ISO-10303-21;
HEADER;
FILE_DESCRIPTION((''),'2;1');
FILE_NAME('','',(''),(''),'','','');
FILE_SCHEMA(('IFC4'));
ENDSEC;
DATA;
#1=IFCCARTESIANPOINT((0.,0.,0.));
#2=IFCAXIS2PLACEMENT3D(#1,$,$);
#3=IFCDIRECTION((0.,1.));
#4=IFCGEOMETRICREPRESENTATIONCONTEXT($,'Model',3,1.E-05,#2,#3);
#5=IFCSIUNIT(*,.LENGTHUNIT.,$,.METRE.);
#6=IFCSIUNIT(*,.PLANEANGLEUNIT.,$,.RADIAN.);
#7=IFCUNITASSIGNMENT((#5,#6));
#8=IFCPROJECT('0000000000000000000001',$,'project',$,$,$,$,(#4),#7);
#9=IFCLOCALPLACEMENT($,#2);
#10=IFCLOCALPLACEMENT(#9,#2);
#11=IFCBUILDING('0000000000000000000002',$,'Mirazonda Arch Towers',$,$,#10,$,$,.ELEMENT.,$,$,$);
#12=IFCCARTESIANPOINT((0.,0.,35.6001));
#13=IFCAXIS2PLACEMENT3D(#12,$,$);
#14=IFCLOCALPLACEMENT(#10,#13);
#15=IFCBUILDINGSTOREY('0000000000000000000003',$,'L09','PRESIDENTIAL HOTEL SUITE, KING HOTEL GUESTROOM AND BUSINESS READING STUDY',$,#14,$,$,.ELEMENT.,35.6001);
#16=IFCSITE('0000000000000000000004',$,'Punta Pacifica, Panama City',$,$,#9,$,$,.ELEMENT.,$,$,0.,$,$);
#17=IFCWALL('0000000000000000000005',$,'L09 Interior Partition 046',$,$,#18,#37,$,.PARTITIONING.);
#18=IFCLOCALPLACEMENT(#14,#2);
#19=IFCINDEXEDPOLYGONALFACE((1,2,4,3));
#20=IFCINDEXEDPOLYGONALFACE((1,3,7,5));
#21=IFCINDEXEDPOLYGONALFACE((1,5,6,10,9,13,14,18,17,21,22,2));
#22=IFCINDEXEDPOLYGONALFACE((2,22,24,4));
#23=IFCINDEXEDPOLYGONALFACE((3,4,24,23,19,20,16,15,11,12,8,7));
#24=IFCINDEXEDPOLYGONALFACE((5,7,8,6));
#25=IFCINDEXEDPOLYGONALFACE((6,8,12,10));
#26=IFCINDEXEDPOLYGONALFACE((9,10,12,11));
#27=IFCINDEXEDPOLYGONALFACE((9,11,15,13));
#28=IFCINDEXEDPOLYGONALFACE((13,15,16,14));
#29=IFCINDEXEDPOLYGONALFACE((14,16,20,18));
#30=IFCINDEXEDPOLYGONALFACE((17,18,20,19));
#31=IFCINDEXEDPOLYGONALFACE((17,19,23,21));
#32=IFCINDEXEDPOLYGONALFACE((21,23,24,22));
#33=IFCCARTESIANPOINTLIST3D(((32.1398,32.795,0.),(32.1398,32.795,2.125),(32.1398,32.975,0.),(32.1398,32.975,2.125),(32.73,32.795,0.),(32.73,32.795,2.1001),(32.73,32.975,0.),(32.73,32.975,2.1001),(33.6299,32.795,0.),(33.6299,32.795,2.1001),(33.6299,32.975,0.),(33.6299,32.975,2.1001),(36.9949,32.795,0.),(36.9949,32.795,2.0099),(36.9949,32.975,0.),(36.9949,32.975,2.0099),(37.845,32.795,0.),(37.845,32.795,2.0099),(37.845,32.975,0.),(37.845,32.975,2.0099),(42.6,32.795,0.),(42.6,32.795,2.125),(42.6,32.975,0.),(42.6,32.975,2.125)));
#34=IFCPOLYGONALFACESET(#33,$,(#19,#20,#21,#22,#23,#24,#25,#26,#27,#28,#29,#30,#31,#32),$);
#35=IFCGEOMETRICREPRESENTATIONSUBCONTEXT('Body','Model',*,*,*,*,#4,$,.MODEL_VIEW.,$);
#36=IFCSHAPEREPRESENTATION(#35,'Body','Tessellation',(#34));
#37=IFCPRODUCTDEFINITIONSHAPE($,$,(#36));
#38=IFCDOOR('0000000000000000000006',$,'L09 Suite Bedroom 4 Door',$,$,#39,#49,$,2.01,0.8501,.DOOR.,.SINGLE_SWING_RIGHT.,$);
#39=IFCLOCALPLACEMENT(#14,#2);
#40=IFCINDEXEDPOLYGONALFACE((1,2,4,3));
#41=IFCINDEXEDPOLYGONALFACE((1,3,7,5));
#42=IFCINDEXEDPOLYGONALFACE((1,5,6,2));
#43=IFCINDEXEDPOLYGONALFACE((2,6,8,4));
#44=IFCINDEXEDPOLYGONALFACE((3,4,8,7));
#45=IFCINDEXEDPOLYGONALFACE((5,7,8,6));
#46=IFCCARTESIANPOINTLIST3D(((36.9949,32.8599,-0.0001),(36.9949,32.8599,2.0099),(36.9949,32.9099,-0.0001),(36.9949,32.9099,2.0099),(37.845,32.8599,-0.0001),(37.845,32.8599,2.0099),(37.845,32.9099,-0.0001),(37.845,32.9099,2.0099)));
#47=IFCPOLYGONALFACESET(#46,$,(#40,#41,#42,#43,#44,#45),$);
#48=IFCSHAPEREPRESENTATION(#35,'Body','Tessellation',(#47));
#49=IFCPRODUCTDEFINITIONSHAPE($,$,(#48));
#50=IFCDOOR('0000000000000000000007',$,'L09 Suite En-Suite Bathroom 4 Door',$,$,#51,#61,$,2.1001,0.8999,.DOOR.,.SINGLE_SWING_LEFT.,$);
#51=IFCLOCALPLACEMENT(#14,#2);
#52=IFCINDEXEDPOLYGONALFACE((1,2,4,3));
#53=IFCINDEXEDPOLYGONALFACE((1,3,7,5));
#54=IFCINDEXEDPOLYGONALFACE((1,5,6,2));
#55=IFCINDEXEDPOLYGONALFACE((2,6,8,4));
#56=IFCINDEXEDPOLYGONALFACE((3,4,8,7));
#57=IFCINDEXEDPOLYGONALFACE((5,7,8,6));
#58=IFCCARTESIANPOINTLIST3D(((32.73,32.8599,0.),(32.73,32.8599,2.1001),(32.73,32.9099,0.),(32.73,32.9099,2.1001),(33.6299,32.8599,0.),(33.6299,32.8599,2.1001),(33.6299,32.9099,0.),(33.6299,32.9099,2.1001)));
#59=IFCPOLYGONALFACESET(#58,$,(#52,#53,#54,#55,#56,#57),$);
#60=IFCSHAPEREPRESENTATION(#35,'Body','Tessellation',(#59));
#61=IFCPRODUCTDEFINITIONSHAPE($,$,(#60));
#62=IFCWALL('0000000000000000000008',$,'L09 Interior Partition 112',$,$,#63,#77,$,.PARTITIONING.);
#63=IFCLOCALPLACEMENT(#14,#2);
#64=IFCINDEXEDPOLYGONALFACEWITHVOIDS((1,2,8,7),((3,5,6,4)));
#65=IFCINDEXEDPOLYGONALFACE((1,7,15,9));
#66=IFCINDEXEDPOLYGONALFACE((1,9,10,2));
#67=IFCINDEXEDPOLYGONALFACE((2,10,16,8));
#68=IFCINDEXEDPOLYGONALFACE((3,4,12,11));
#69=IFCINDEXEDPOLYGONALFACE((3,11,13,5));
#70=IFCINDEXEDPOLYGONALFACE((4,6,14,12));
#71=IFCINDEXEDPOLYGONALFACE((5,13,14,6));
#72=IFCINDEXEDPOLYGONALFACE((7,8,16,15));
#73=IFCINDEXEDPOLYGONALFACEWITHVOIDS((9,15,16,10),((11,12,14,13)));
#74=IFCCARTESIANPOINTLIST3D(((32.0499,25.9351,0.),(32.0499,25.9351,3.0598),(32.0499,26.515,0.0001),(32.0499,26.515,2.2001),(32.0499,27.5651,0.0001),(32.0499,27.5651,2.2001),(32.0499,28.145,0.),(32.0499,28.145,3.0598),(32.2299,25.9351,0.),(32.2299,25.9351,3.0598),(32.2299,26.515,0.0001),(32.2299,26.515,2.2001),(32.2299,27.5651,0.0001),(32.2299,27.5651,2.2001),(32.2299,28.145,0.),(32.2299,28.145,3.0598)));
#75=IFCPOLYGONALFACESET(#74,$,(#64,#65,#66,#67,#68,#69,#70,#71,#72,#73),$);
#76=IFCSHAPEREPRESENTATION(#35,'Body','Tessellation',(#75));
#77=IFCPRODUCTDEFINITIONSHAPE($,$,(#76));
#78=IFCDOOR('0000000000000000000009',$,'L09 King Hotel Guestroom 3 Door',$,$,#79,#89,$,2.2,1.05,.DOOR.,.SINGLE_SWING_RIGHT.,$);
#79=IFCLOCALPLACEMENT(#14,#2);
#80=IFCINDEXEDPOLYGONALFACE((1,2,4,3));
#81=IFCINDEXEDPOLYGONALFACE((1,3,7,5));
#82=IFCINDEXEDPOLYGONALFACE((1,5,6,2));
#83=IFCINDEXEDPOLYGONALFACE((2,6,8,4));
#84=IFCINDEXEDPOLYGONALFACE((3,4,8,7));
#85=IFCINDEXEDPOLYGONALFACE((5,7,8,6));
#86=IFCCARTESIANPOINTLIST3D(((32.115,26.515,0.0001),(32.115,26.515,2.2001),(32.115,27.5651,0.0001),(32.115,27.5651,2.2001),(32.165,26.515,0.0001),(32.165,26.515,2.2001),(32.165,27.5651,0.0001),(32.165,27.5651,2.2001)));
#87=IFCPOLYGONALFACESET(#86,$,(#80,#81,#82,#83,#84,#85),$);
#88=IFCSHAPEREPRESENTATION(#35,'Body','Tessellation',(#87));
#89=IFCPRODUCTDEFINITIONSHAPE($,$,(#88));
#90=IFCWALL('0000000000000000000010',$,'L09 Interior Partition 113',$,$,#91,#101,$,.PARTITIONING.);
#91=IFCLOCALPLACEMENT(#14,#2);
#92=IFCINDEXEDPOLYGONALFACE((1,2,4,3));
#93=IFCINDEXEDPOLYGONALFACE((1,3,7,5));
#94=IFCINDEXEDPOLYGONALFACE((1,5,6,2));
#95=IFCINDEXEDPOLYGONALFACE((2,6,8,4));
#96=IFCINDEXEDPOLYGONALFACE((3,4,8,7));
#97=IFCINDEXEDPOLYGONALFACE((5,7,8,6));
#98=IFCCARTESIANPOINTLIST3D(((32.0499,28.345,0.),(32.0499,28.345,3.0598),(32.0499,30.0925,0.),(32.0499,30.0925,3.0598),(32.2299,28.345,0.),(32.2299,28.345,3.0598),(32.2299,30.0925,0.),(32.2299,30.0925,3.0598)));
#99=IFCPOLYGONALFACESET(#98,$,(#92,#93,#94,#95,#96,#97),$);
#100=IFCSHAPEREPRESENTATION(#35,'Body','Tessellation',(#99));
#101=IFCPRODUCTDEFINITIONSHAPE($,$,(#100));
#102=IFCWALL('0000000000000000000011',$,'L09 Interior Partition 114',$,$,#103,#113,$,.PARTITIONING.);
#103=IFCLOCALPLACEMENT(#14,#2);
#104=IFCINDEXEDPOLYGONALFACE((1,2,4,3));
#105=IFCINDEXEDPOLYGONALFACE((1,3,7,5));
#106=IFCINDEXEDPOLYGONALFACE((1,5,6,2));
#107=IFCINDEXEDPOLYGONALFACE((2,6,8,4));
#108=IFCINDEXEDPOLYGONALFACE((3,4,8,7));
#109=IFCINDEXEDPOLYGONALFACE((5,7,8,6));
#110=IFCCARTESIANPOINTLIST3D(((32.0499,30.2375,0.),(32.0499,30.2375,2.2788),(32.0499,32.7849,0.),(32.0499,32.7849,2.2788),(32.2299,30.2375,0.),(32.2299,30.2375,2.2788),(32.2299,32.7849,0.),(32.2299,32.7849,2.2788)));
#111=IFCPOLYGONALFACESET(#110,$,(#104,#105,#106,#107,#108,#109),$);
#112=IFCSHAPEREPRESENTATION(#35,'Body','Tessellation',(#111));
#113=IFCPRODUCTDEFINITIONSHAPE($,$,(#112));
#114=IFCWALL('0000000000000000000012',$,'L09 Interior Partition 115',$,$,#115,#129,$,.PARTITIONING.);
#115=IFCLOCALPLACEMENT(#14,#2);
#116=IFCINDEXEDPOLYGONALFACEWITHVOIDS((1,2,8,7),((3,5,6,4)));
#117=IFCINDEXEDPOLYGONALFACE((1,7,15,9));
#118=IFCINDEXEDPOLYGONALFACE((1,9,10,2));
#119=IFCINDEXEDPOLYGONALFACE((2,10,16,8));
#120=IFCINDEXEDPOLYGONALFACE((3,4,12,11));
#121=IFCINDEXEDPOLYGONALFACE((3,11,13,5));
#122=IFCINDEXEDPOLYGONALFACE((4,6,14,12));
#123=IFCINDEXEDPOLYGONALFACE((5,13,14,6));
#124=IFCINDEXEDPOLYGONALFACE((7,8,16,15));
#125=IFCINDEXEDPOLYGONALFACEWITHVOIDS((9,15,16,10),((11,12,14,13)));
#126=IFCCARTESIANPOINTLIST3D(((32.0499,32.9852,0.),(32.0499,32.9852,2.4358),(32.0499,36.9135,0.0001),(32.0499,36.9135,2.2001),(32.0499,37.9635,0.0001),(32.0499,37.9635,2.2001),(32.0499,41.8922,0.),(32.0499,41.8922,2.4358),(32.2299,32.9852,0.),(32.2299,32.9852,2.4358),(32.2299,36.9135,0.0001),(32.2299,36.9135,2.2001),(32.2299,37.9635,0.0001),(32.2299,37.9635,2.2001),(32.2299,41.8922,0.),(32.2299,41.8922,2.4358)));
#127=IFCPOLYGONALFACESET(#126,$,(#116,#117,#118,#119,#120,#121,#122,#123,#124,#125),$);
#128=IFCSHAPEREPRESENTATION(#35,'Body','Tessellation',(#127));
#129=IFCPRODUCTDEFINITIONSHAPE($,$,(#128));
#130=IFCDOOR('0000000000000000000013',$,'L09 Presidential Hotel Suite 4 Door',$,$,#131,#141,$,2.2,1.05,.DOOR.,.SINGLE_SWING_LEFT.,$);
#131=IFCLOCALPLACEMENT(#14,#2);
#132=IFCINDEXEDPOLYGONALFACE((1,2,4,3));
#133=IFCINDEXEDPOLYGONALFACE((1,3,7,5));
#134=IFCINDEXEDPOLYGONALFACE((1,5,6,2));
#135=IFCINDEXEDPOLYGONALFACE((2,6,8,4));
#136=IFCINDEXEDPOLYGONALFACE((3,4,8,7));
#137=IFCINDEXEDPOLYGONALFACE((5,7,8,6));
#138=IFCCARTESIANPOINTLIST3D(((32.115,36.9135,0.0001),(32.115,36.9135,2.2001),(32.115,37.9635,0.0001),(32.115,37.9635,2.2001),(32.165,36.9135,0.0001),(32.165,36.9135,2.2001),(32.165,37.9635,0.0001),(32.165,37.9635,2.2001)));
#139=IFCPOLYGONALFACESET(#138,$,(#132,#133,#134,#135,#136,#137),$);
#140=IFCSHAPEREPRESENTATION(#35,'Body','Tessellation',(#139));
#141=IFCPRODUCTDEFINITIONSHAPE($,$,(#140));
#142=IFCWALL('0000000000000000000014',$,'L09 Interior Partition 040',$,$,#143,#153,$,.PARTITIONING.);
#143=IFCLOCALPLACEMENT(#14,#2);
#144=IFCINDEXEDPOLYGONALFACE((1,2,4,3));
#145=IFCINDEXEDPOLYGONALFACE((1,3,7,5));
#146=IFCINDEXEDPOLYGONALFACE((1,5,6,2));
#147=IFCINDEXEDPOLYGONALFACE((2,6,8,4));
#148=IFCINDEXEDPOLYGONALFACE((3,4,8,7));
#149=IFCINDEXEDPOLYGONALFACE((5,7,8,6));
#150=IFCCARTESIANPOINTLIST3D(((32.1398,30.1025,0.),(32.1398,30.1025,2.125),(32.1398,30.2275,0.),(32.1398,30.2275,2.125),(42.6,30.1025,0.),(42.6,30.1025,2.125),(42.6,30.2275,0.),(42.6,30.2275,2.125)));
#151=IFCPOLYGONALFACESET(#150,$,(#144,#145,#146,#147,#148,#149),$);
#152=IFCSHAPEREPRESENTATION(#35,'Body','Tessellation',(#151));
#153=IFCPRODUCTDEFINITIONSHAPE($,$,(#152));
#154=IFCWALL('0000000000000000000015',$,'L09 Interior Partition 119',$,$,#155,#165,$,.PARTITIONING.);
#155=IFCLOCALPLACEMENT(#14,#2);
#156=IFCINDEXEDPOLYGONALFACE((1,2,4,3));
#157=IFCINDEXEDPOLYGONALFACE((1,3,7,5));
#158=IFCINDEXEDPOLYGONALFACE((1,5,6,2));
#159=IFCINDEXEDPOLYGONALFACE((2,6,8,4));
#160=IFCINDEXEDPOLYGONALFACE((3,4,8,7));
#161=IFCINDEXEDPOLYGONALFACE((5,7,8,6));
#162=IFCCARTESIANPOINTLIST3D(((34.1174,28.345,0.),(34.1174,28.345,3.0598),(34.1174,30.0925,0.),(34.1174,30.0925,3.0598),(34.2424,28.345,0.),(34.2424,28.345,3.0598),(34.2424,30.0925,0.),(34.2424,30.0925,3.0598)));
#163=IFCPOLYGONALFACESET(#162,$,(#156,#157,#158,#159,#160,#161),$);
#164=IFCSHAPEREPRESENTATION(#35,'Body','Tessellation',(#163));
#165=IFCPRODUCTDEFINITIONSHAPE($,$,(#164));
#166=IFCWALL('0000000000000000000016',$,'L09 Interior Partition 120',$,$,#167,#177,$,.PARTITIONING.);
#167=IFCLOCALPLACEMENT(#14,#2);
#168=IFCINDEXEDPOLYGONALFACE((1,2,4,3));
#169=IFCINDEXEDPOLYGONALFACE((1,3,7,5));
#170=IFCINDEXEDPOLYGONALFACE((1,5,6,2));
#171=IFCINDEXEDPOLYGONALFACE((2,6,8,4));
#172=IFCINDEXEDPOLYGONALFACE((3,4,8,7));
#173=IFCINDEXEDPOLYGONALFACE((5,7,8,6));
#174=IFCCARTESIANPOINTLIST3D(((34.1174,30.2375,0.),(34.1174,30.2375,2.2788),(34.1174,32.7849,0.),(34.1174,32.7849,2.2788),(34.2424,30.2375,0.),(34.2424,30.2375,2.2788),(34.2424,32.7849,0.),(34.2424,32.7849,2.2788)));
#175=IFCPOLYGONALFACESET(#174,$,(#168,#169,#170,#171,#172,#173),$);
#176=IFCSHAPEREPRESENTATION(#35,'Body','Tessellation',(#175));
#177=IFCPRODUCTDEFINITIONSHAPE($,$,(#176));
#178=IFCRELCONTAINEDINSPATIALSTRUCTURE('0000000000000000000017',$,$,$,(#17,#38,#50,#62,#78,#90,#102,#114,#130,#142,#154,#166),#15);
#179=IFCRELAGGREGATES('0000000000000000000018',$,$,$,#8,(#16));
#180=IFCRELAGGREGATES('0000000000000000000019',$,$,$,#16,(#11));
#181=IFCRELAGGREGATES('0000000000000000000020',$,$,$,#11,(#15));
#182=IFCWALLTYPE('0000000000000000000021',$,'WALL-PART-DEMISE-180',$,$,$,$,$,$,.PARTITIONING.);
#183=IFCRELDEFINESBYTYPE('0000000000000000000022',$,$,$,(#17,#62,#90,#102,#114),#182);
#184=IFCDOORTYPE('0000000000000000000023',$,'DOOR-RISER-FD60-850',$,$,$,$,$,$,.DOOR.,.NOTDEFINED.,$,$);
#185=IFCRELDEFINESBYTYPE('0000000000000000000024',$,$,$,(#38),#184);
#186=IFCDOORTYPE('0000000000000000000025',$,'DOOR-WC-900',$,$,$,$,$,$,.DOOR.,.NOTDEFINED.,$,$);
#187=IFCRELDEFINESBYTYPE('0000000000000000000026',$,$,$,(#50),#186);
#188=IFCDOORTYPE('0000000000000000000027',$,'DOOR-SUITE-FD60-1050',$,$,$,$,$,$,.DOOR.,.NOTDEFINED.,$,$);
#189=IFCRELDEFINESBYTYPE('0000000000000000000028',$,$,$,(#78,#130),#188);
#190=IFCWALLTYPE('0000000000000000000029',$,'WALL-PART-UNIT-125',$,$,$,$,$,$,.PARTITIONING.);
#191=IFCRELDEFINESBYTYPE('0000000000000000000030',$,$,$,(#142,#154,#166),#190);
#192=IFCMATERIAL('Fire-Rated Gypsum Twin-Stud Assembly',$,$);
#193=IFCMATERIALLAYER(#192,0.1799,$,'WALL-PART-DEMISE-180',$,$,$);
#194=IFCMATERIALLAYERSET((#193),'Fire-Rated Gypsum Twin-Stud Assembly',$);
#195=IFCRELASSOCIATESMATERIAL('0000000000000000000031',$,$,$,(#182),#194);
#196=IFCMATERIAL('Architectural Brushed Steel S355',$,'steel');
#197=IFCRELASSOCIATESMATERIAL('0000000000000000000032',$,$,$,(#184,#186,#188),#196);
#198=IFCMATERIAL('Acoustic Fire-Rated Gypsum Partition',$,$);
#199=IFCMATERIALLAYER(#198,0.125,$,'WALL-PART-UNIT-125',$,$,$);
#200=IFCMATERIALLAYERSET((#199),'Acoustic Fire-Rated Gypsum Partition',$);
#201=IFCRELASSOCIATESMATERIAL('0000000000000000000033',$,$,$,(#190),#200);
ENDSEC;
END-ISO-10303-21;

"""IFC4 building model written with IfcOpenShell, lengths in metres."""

from ifc_helpers import new_model, si_unit, direction, frame, frame_2d, origin, place, context, subcontext, project, spatial, rectangle, extrude, material, layer, layer_set, type_object, element, fill, save


model = new_model("IFC4")

# Units and contexts
model_context = context("Model", 3, precision=1e-05, world=origin(), true_north=direction((0.0, 1.0)))
body_context = subcontext(model_context, "Body", "Model", "MODEL_VIEW")
ifc_project = project(units=[si_unit("LENGTHUNIT", "METRE"), si_unit("PLANEANGLEUNIT", "RADIAN")], contexts=[model_context])

# Site, building, storey
site_placement = place(None, origin())
site = spatial("IfcSite", under=ifc_project, at=site_placement, Name="Punta Pacifica, Panama City", CompositionType="ELEMENT", RefElevation=0.0)
building_placement = place(site_placement, origin())
building = spatial("IfcBuilding", under=site, at=building_placement, Name="Mirazonda Arch Towers", CompositionType="ELEMENT")
storey_placement = place(building_placement, frame((0.0, 0.0, 35.6001)))
storey = spatial("IfcBuildingStorey", under=building, at=storey_placement, Name="L09", Description="PRESIDENTIAL HOTEL SUITE, KING HOTEL GUESTROOM AND BUSINESS READING STUDY", CompositionType="ELEMENT", Elevation=35.6001)

# Shared definitions
ifc_material_1 = material(Name="Fire-Rated Gypsum Twin-Stud Assembly")
ifc_layer_1 = layer(ifc_material_1, 0.1799, Name="WALL-PART-DEMISE-180")
ifc_layer_set_1 = layer_set([ifc_layer_1], Name="Fire-Rated Gypsum Twin-Stud Assembly")
wall_type_1 = type_object("IfcWallType", Name="WALL-PART-DEMISE-180", PredefinedType="PARTITIONING", material=ifc_layer_set_1)

# Wall, openings, doors
ifc_material_2 = material(Name="Architectural Brushed Steel S355", Category="steel")
door_type_1 = type_object("IfcDoorType", Name="DOOR-RISER-FD60-850", OperationType="NOTDEFINED", PredefinedType="DOOR", material=ifc_material_2)
door_type_2 = type_object("IfcDoorType", Name="DOOR-WC-900", OperationType="NOTDEFINED", PredefinedType="DOOR", material=ifc_material_2)
wall_1_placement = place(storey_placement, frame((32.1399, 32.885, 0.0), z_axis=(0.0, 0.0, 1.0), x_axis=(1.0, 0.0, 0.0)))
wall_1 = element("IfcWall", 1, at=wall_1_placement, inside=storey, type_object=wall_type_1, Name="L09 Interior Partition 046", PredefinedType="PARTITIONING", context=body_context, shape_type="SweptSolid", body=[
    extrude(rectangle(XDim=10.4602, YDim=0.1799, at=frame_2d((5.23, 0.0))), origin(), (0.0, 0.0, 1.0), 2.125),
])
opening_1_placement = place(wall_1_placement, frame((4.855, 0.0, 0.0)))
opening_1 = element("IfcOpeningElement", 2, at=opening_1_placement, cuts=wall_1, PredefinedType="OPENING", context=body_context, shape_type="SweptSolid", body=[
    extrude(rectangle(XDim=0.8501, YDim=2.01, at=frame_2d((0.425, 1.0049))), frame((0.0, 0.0999, 0.0), z_axis=(0.0, -1.0, 0.0), x_axis=(1.0, 0.0, 0.0)), (0.0, 0.0, 1.0), 0.2),
])
opening_2_placement = place(wall_1_placement, frame((0.5901, 0.0, 0.0)))
opening_2 = element("IfcOpeningElement", 3, at=opening_2_placement, cuts=wall_1, PredefinedType="OPENING", context=body_context, shape_type="SweptSolid", body=[
    extrude(rectangle(XDim=0.8999, YDim=2.1001, at=frame_2d((0.45, 1.05))), frame((0.0, 0.0999, 0.0), z_axis=(0.0, -1.0, 0.0), x_axis=(1.0, 0.0, 0.0)), (0.0, 0.0, 1.0), 0.2),
])
door_1_placement = place(opening_1_placement, origin())
door_1 = element("IfcDoor", 4, at=door_1_placement, inside=storey, type_object=door_type_1, Name="L09 Suite Bedroom 4 Door", OperationType="SINGLE_SWING_RIGHT", OverallHeight=2.01, OverallWidth=0.8501, PredefinedType="DOOR", context=body_context, shape_type="SweptSolid", body=[
    extrude(rectangle(XDim=0.8501, YDim=2.01, at=frame_2d((0.425, 1.0049))), frame((0.0, 0.0249, 0.0), z_axis=(0.0, -1.0, 0.0), x_axis=(1.0, 0.0, 0.0)), (0.0, 0.0, 1.0), 0.05),
])
fill(opening_1, door_1)
door_2_placement = place(opening_2_placement, origin())
door_2 = element("IfcDoor", 5, at=door_2_placement, inside=storey, type_object=door_type_2, Name="L09 Suite En-Suite Bathroom 4 Door", OperationType="SINGLE_SWING_LEFT", OverallHeight=2.1001, OverallWidth=0.8999, PredefinedType="DOOR", context=body_context, shape_type="SweptSolid", body=[
    extrude(rectangle(XDim=0.8999, YDim=2.1001, at=frame_2d((0.45, 1.05))), frame((0.0, 0.0249, 0.0), z_axis=(0.0, -1.0, 0.0), x_axis=(1.0, 0.0, 0.0)), (0.0, 0.0, 1.0), 0.05),
])
fill(opening_2, door_2)

# Wall, opening, door
wall_2_placement = place(storey_placement, frame((32.1399, 25.9351, 0.0), z_axis=(0.0, 0.0, 1.0), x_axis=(0.0, 1.0, 0.0)))
wall_2 = element("IfcWall", 6, at=wall_2_placement, inside=storey, type_object=wall_type_1, Name="L09 Interior Partition 112", PredefinedType="PARTITIONING", context=body_context, shape_type="SweptSolid", body=[
    extrude(rectangle(XDim=2.21, YDim=0.1799, at=frame_2d((1.105, 0.0))), origin(), (0.0, 0.0, 1.0), 3.0598),
])
opening_3_placement = place(wall_2_placement, frame((0.5801, 0.0, 0.0)))
opening_3 = element("IfcOpeningElement", 7, at=opening_3_placement, cuts=wall_2, PredefinedType="OPENING", context=body_context, shape_type="SweptSolid", body=[
    extrude(rectangle(XDim=1.05, YDim=2.2, at=frame_2d((0.5249, 1.1001))), frame((0.0, 0.0999, 0.0), z_axis=(0.0, -1.0, 0.0), x_axis=(1.0, 0.0, 0.0)), (0.0, 0.0, 1.0), 0.2),
])
door_type_3 = type_object("IfcDoorType", Name="DOOR-SUITE-FD60-1050", OperationType="NOTDEFINED", PredefinedType="DOOR", material=ifc_material_2)
door_3_placement = place(opening_3_placement, origin())
door_3 = element("IfcDoor", 8, at=door_3_placement, inside=storey, type_object=door_type_3, Name="L09 King Hotel Guestroom 3 Door", OperationType="SINGLE_SWING_RIGHT", OverallHeight=2.2, OverallWidth=1.05, PredefinedType="DOOR", context=body_context, shape_type="SweptSolid", body=[
    extrude(rectangle(XDim=1.05, YDim=2.2, at=frame_2d((0.5249, 1.1001))), frame((0.0, 0.0249, 0.0), z_axis=(0.0, -1.0, 0.0), x_axis=(1.0, 0.0, 0.0)), (0.0, 0.0, 1.0), 0.05),
])
fill(opening_3, door_3)

# Walls
wall_3_placement = place(storey_placement, frame((32.1399, 28.345, 0.0), z_axis=(0.0, 0.0, 1.0), x_axis=(0.0, 1.0, 0.0)))
element("IfcWall", 9, at=wall_3_placement, inside=storey, type_object=wall_type_1, Name="L09 Interior Partition 113", PredefinedType="PARTITIONING", context=body_context, shape_type="SweptSolid", body=[
    extrude(rectangle(XDim=1.7476, YDim=0.1799, at=frame_2d((0.8738, 0.0))), origin(), (0.0, 0.0, 1.0), 3.0598),
])
wall_4_placement = place(storey_placement, frame((32.1399, 30.2375, 0.0), z_axis=(0.0, 0.0, 1.0), x_axis=(0.0, 1.0, 0.0)))
element("IfcWall", 10, at=wall_4_placement, inside=storey, type_object=wall_type_1, Name="L09 Interior Partition 114", PredefinedType="PARTITIONING", context=body_context, shape_type="SweptSolid", body=[
    extrude(rectangle(XDim=2.5474, YDim=0.1799, at=frame_2d((1.2737, 0.0))), origin(), (0.0, 0.0, 1.0), 2.2788),
])

# Wall, opening, door
wall_5_placement = place(storey_placement, frame((32.1399, 32.9851, 0.0), z_axis=(0.0, 0.0, 1.0), x_axis=(0.0, 1.0, 0.0)))
wall_5 = element("IfcWall", 11, at=wall_5_placement, inside=storey, type_object=wall_type_1, Name="L09 Interior Partition 115", PredefinedType="PARTITIONING", context=body_context, shape_type="SweptSolid", body=[
    extrude(rectangle(XDim=8.907, YDim=0.1799, at=frame_2d((4.4536, 0.0))), origin(), (0.0, 0.0, 1.0), 2.4358),
])
opening_4_placement = place(wall_5_placement, frame((3.9285, 0.0, 0.0)))
opening_4 = element("IfcOpeningElement", 12, at=opening_4_placement, cuts=wall_5, PredefinedType="OPENING", context=body_context, shape_type="SweptSolid", body=[
    extrude(rectangle(XDim=1.05, YDim=2.2, at=frame_2d((0.5249, 1.1001))), frame((0.0, 0.0999, 0.0), z_axis=(0.0, -1.0, 0.0), x_axis=(1.0, 0.0, 0.0)), (0.0, 0.0, 1.0), 0.2),
])
door_4_placement = place(opening_4_placement, origin())
door_4 = element("IfcDoor", 13, at=door_4_placement, inside=storey, type_object=door_type_3, Name="L09 Presidential Hotel Suite 4 Door", OperationType="SINGLE_SWING_LEFT", OverallHeight=2.2, OverallWidth=1.05, PredefinedType="DOOR", context=body_context, shape_type="SweptSolid", body=[
    extrude(rectangle(XDim=1.05, YDim=2.2, at=frame_2d((0.5249, 1.1001))), frame((0.0, 0.0249, 0.0), z_axis=(0.0, -1.0, 0.0), x_axis=(1.0, 0.0, 0.0)), (0.0, 0.0, 1.0), 0.05),
])
fill(opening_4, door_4)

# Walls
ifc_material_3 = material(Name="Acoustic Fire-Rated Gypsum Partition")
ifc_layer_2 = layer(ifc_material_3, 0.125, Name="WALL-PART-UNIT-125")
ifc_layer_set_2 = layer_set([ifc_layer_2], Name="Acoustic Fire-Rated Gypsum Partition")
wall_type_2 = type_object("IfcWallType", Name="WALL-PART-UNIT-125", PredefinedType="PARTITIONING", material=ifc_layer_set_2)
wall_6_placement = place(storey_placement, frame((32.1399, 30.165, 0.0), z_axis=(0.0, 0.0, 1.0), x_axis=(1.0, 0.0, 0.0)))
element("IfcWall", 14, at=wall_6_placement, inside=storey, type_object=wall_type_2, Name="L09 Interior Partition 040", PredefinedType="PARTITIONING", context=body_context, shape_type="SweptSolid", body=[
    extrude(rectangle(XDim=10.4602, YDim=0.125, at=frame_2d((5.23, 0.0))), origin(), (0.0, 0.0, 1.0), 2.125),
])
wall_7_placement = place(storey_placement, frame((34.1799, 28.345, 0.0), z_axis=(0.0, 0.0, 1.0), x_axis=(0.0, 1.0, 0.0)))
element("IfcWall", 15, at=wall_7_placement, inside=storey, type_object=wall_type_2, Name="L09 Interior Partition 119", PredefinedType="PARTITIONING", context=body_context, shape_type="SweptSolid", body=[
    extrude(rectangle(XDim=1.7476, YDim=0.125, at=frame_2d((0.8738, 0.0))), origin(), (0.0, 0.0, 1.0), 3.0598),
])
wall_8_placement = place(storey_placement, frame((34.1799, 30.2375, 0.0), z_axis=(0.0, 0.0, 1.0), x_axis=(0.0, 1.0, 0.0)))
element("IfcWall", 16, at=wall_8_placement, inside=storey, type_object=wall_type_2, Name="L09 Interior Partition 120", PredefinedType="PARTITIONING", context=body_context, shape_type="SweptSolid", body=[
    extrude(rectangle(XDim=2.5474, YDim=0.125, at=frame_2d((1.2737, 0.0))), origin(), (0.0, 0.0, 1.0), 2.2788),
])

save(model, "model.ifc")
